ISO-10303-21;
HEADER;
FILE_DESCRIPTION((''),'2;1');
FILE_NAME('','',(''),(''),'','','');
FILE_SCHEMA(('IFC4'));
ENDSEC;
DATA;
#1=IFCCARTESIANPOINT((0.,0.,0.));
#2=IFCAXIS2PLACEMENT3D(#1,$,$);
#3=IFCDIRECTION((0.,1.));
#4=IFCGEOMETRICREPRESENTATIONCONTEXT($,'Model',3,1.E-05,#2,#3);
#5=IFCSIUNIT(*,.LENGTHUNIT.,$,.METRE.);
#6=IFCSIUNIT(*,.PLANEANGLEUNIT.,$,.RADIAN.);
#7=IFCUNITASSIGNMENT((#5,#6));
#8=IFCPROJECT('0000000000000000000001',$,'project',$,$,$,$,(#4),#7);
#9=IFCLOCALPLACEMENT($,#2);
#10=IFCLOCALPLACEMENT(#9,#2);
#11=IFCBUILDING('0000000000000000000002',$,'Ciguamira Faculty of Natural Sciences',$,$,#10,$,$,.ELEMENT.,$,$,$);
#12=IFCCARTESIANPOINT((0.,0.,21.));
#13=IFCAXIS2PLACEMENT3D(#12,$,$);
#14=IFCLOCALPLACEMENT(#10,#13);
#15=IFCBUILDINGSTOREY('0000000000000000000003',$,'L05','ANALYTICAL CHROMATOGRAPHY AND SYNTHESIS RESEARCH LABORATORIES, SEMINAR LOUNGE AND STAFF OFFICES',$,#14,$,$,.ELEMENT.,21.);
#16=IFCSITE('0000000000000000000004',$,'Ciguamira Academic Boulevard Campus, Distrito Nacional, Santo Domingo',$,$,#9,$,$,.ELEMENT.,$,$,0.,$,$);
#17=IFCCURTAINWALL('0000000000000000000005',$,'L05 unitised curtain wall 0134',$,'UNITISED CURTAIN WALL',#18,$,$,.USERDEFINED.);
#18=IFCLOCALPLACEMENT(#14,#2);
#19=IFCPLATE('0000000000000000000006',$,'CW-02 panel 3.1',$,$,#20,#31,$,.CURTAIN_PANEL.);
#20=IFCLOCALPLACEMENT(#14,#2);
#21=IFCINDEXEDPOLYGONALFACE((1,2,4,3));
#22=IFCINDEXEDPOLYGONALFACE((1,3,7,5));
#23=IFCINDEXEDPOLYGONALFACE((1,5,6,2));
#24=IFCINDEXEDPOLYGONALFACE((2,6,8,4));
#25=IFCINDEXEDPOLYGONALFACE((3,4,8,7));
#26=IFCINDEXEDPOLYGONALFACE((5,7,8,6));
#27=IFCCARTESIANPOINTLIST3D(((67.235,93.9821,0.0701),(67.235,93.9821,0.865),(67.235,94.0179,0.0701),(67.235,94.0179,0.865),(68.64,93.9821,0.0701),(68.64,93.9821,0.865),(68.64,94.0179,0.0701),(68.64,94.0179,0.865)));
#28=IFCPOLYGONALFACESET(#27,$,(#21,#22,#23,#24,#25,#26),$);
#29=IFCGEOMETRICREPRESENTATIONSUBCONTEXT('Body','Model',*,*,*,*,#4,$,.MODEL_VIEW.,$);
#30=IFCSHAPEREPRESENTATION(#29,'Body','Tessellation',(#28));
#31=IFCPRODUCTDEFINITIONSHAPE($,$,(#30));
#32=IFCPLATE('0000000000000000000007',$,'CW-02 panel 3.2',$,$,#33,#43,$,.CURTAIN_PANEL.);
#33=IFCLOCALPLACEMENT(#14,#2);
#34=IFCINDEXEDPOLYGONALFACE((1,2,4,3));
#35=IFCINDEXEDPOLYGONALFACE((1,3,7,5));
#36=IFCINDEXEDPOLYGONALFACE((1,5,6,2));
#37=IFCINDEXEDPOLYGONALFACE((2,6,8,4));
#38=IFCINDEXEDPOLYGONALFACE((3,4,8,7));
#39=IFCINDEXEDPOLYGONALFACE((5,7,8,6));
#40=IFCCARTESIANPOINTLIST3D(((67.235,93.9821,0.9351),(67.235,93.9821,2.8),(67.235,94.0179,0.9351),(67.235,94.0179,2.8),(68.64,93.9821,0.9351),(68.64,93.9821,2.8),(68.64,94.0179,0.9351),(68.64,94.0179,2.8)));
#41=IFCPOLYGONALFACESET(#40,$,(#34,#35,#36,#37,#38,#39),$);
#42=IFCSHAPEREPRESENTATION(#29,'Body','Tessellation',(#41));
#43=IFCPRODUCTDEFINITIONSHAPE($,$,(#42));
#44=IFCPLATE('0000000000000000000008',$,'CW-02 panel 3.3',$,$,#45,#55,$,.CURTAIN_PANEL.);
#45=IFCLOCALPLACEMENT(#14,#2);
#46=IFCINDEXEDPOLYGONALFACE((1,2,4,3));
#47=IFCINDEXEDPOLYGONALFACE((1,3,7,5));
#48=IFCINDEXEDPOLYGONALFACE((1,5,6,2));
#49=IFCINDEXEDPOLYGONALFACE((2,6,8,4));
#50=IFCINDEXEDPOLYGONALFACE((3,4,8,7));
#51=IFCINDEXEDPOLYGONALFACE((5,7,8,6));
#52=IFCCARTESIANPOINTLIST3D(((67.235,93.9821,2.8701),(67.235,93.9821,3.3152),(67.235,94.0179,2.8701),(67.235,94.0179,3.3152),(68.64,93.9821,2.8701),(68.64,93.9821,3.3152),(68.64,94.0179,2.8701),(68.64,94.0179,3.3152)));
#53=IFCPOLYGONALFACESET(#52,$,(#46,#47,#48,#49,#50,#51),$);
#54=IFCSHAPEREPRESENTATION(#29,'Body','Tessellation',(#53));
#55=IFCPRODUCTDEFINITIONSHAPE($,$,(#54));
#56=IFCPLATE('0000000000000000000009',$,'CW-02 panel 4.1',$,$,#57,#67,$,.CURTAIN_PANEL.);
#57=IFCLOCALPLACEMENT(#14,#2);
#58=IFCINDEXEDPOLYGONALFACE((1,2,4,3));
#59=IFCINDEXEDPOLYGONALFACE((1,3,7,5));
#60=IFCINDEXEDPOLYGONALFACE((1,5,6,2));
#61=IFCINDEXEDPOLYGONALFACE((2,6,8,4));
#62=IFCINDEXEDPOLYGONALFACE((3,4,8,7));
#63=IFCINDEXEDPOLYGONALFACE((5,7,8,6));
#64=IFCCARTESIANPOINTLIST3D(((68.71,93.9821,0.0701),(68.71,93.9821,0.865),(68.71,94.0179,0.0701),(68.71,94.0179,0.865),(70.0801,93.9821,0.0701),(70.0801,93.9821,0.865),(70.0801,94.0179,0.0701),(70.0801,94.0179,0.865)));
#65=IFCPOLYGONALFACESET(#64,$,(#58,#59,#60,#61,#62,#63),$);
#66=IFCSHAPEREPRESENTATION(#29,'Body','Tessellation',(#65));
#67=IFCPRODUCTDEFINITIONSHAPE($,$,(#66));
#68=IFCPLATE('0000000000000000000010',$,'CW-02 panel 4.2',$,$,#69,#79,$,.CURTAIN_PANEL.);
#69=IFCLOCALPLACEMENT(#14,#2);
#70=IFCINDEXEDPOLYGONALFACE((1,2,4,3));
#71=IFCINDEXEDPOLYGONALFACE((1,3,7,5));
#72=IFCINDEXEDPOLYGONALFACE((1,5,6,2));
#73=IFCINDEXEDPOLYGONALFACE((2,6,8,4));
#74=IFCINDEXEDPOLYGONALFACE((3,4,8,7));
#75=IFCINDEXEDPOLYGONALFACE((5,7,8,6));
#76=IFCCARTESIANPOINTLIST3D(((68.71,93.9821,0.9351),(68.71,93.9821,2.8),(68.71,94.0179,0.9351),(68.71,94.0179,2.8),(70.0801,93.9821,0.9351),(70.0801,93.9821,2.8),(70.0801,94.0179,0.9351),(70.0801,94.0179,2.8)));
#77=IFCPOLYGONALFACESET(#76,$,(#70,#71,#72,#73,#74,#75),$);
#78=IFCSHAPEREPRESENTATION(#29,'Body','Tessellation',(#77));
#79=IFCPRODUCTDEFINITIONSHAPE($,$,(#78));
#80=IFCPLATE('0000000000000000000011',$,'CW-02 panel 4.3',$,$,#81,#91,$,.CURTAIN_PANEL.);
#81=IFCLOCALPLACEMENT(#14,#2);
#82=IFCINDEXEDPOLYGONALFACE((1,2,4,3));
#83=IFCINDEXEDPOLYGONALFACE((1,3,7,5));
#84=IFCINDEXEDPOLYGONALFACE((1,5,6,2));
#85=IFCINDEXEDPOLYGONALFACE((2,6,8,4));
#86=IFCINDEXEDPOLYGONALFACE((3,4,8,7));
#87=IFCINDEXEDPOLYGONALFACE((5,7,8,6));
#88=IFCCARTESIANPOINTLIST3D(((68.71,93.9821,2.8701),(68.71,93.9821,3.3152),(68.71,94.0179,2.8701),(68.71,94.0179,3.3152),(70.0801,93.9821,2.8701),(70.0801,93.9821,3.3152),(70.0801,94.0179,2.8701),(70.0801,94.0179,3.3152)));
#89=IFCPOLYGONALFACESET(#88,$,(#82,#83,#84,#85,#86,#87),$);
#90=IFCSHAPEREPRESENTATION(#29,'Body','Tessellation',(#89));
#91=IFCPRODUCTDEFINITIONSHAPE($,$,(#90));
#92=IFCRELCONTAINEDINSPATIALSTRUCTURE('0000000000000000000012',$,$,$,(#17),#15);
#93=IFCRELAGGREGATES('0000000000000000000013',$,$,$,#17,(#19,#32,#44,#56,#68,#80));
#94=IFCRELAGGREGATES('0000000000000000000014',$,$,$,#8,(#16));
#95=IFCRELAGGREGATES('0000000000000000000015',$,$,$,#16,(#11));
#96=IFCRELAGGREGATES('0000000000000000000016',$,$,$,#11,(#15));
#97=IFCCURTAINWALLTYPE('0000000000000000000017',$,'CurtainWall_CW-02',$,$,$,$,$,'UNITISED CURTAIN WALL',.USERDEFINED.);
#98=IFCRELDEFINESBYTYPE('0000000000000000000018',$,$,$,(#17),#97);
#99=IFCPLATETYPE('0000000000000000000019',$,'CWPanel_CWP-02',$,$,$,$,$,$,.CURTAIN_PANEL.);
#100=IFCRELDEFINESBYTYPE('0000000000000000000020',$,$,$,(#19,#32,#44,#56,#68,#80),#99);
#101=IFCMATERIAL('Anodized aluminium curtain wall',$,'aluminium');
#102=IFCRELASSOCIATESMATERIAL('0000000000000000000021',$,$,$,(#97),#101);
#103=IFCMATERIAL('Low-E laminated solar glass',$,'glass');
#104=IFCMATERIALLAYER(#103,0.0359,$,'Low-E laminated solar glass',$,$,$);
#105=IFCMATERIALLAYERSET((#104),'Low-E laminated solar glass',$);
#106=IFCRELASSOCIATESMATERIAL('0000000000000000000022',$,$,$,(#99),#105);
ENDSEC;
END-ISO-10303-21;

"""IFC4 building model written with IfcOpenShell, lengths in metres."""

from ifc_helpers import new_model, si_unit, direction, frame, origin, origin_2d, place, context, subcontext, project, spatial, rectangle, extrude, material, layer, layer_set, type_object, element, aggregate, save


model = new_model("IFC4")

# Units and contexts
model_context = context("Model", 3, precision=1e-05, world=origin(), true_north=direction((0.0, 1.0)))
body_context = subcontext(model_context, "Body", "Model", "MODEL_VIEW")
ifc_project = project(units=[si_unit("LENGTHUNIT", "METRE"), si_unit("PLANEANGLEUNIT", "RADIAN")], contexts=[model_context])

# Site, building, storey
site_placement = place(None, origin())
site = spatial("IfcSite", under=ifc_project, at=site_placement, Name="Ciguamira Academic Boulevard Campus, Distrito Nacional, Santo Domingo", CompositionType="ELEMENT", RefElevation=0.0)
building_placement = place(site_placement, origin())
building = spatial("IfcBuilding", under=site, at=building_placement, Name="Ciguamira Faculty of Natural Sciences", CompositionType="ELEMENT")
storey_placement = place(building_placement, frame((0.0, 0.0, 21.0)))
storey = spatial("IfcBuildingStorey", under=building, at=storey_placement, Name="L05", Description="ANALYTICAL CHROMATOGRAPHY AND SYNTHESIS RESEARCH LABORATORIES, SEMINAR LOUNGE AND STAFF OFFICES", CompositionType="ELEMENT", Elevation=21.0)

# Curtain wall, plates
ifc_material_1 = material(Name="Anodized aluminium curtain wall", Category="aluminium")
curtain_wall_type = type_object("IfcCurtainWallType", Name="CurtainWall_CW-02", ElementType="UNITISED CURTAIN WALL", PredefinedType="USERDEFINED", material=ifc_material_1)
curtain_wall_placement = place(storey_placement, origin())
curtain_wall = element("IfcCurtainWall", 1, at=curtain_wall_placement, inside=storey, type_object=curtain_wall_type, Name="L05 unitised curtain wall 0134", ObjectType="UNITISED CURTAIN WALL", PredefinedType="USERDEFINED")
ifc_material_2 = material(Name="Low-E laminated solar glass", Category="glass")
ifc_layer = layer(ifc_material_2, 0.0359, Name="Low-E laminated solar glass")
ifc_layer_set = layer_set([ifc_layer], Name="Low-E laminated solar glass")
plate_type = type_object("IfcPlateType", Name="CWPanel_CWP-02", PredefinedType="CURTAIN_PANEL", material=ifc_layer_set)
plate_1_placement = place(storey_placement, frame((67.9375, 94.0, 0.0701), z_axis=(0.0, 0.0, 1.0), x_axis=(1.0, 0.0, 0.0)))
plate_1 = element("IfcPlate", 2, at=plate_1_placement, type_object=plate_type, Name="CW-02 panel 3.1", PredefinedType="CURTAIN_PANEL", context=body_context, shape_type="SweptSolid", body=[
    extrude(rectangle(XDim=1.405, YDim=0.0359, at=origin_2d()), origin(), (0.0, 0.0, 1.0), 0.7949),
])
plate_2_placement = place(storey_placement, frame((67.9375, 94.0, 0.9351), z_axis=(0.0, 0.0, 1.0), x_axis=(1.0, 0.0, 0.0)))
plate_2 = element("IfcPlate", 3, at=plate_2_placement, type_object=plate_type, Name="CW-02 panel 3.2", PredefinedType="CURTAIN_PANEL", context=body_context, shape_type="SweptSolid", body=[
    extrude(rectangle(XDim=1.405, YDim=0.0359, at=origin_2d()), origin(), (0.0, 0.0, 1.0), 1.865),
])
plate_3_placement = place(storey_placement, frame((67.9375, 94.0, 2.8701), z_axis=(0.0, 0.0, 1.0), x_axis=(1.0, 0.0, 0.0)))
plate_3 = element("IfcPlate", 4, at=plate_3_placement, type_object=plate_type, Name="CW-02 panel 3.3", PredefinedType="CURTAIN_PANEL", context=body_context, shape_type="SweptSolid", body=[
    extrude(rectangle(XDim=1.405, YDim=0.0359, at=origin_2d()), origin(), (0.0, 0.0, 1.0), 0.4451),
])
plate_4_placement = place(storey_placement, frame((69.395, 94.0, 0.0701), z_axis=(0.0, 0.0, 1.0), x_axis=(1.0, 0.0, 0.0)))
plate_4 = element("IfcPlate", 5, at=plate_4_placement, type_object=plate_type, Name="CW-02 panel 4.1", PredefinedType="CURTAIN_PANEL", context=body_context, shape_type="SweptSolid", body=[
    extrude(rectangle(XDim=1.3701, YDim=0.0359, at=origin_2d()), origin(), (0.0, 0.0, 1.0), 0.7949),
])
plate_5_placement = place(storey_placement, frame((69.395, 94.0, 0.9351), z_axis=(0.0, 0.0, 1.0), x_axis=(1.0, 0.0, 0.0)))
plate_5 = element("IfcPlate", 6, at=plate_5_placement, type_object=plate_type, Name="CW-02 panel 4.2", PredefinedType="CURTAIN_PANEL", context=body_context, shape_type="SweptSolid", body=[
    extrude(rectangle(XDim=1.3701, YDim=0.0359, at=origin_2d()), origin(), (0.0, 0.0, 1.0), 1.865),
])
plate_6_placement = place(storey_placement, frame((69.395, 94.0, 2.8701), z_axis=(0.0, 0.0, 1.0), x_axis=(1.0, 0.0, 0.0)))
plate_6 = element("IfcPlate", 7, at=plate_6_placement, type_object=plate_type, Name="CW-02 panel 4.3", PredefinedType="CURTAIN_PANEL", context=body_context, shape_type="SweptSolid", body=[
    extrude(rectangle(XDim=1.3701, YDim=0.0359, at=origin_2d()), origin(), (0.0, 0.0, 1.0), 0.4451),
])
aggregate(curtain_wall, [plate_1, plate_2, plate_3, plate_4, plate_5, plate_6])

save(model, "model.ifc")
